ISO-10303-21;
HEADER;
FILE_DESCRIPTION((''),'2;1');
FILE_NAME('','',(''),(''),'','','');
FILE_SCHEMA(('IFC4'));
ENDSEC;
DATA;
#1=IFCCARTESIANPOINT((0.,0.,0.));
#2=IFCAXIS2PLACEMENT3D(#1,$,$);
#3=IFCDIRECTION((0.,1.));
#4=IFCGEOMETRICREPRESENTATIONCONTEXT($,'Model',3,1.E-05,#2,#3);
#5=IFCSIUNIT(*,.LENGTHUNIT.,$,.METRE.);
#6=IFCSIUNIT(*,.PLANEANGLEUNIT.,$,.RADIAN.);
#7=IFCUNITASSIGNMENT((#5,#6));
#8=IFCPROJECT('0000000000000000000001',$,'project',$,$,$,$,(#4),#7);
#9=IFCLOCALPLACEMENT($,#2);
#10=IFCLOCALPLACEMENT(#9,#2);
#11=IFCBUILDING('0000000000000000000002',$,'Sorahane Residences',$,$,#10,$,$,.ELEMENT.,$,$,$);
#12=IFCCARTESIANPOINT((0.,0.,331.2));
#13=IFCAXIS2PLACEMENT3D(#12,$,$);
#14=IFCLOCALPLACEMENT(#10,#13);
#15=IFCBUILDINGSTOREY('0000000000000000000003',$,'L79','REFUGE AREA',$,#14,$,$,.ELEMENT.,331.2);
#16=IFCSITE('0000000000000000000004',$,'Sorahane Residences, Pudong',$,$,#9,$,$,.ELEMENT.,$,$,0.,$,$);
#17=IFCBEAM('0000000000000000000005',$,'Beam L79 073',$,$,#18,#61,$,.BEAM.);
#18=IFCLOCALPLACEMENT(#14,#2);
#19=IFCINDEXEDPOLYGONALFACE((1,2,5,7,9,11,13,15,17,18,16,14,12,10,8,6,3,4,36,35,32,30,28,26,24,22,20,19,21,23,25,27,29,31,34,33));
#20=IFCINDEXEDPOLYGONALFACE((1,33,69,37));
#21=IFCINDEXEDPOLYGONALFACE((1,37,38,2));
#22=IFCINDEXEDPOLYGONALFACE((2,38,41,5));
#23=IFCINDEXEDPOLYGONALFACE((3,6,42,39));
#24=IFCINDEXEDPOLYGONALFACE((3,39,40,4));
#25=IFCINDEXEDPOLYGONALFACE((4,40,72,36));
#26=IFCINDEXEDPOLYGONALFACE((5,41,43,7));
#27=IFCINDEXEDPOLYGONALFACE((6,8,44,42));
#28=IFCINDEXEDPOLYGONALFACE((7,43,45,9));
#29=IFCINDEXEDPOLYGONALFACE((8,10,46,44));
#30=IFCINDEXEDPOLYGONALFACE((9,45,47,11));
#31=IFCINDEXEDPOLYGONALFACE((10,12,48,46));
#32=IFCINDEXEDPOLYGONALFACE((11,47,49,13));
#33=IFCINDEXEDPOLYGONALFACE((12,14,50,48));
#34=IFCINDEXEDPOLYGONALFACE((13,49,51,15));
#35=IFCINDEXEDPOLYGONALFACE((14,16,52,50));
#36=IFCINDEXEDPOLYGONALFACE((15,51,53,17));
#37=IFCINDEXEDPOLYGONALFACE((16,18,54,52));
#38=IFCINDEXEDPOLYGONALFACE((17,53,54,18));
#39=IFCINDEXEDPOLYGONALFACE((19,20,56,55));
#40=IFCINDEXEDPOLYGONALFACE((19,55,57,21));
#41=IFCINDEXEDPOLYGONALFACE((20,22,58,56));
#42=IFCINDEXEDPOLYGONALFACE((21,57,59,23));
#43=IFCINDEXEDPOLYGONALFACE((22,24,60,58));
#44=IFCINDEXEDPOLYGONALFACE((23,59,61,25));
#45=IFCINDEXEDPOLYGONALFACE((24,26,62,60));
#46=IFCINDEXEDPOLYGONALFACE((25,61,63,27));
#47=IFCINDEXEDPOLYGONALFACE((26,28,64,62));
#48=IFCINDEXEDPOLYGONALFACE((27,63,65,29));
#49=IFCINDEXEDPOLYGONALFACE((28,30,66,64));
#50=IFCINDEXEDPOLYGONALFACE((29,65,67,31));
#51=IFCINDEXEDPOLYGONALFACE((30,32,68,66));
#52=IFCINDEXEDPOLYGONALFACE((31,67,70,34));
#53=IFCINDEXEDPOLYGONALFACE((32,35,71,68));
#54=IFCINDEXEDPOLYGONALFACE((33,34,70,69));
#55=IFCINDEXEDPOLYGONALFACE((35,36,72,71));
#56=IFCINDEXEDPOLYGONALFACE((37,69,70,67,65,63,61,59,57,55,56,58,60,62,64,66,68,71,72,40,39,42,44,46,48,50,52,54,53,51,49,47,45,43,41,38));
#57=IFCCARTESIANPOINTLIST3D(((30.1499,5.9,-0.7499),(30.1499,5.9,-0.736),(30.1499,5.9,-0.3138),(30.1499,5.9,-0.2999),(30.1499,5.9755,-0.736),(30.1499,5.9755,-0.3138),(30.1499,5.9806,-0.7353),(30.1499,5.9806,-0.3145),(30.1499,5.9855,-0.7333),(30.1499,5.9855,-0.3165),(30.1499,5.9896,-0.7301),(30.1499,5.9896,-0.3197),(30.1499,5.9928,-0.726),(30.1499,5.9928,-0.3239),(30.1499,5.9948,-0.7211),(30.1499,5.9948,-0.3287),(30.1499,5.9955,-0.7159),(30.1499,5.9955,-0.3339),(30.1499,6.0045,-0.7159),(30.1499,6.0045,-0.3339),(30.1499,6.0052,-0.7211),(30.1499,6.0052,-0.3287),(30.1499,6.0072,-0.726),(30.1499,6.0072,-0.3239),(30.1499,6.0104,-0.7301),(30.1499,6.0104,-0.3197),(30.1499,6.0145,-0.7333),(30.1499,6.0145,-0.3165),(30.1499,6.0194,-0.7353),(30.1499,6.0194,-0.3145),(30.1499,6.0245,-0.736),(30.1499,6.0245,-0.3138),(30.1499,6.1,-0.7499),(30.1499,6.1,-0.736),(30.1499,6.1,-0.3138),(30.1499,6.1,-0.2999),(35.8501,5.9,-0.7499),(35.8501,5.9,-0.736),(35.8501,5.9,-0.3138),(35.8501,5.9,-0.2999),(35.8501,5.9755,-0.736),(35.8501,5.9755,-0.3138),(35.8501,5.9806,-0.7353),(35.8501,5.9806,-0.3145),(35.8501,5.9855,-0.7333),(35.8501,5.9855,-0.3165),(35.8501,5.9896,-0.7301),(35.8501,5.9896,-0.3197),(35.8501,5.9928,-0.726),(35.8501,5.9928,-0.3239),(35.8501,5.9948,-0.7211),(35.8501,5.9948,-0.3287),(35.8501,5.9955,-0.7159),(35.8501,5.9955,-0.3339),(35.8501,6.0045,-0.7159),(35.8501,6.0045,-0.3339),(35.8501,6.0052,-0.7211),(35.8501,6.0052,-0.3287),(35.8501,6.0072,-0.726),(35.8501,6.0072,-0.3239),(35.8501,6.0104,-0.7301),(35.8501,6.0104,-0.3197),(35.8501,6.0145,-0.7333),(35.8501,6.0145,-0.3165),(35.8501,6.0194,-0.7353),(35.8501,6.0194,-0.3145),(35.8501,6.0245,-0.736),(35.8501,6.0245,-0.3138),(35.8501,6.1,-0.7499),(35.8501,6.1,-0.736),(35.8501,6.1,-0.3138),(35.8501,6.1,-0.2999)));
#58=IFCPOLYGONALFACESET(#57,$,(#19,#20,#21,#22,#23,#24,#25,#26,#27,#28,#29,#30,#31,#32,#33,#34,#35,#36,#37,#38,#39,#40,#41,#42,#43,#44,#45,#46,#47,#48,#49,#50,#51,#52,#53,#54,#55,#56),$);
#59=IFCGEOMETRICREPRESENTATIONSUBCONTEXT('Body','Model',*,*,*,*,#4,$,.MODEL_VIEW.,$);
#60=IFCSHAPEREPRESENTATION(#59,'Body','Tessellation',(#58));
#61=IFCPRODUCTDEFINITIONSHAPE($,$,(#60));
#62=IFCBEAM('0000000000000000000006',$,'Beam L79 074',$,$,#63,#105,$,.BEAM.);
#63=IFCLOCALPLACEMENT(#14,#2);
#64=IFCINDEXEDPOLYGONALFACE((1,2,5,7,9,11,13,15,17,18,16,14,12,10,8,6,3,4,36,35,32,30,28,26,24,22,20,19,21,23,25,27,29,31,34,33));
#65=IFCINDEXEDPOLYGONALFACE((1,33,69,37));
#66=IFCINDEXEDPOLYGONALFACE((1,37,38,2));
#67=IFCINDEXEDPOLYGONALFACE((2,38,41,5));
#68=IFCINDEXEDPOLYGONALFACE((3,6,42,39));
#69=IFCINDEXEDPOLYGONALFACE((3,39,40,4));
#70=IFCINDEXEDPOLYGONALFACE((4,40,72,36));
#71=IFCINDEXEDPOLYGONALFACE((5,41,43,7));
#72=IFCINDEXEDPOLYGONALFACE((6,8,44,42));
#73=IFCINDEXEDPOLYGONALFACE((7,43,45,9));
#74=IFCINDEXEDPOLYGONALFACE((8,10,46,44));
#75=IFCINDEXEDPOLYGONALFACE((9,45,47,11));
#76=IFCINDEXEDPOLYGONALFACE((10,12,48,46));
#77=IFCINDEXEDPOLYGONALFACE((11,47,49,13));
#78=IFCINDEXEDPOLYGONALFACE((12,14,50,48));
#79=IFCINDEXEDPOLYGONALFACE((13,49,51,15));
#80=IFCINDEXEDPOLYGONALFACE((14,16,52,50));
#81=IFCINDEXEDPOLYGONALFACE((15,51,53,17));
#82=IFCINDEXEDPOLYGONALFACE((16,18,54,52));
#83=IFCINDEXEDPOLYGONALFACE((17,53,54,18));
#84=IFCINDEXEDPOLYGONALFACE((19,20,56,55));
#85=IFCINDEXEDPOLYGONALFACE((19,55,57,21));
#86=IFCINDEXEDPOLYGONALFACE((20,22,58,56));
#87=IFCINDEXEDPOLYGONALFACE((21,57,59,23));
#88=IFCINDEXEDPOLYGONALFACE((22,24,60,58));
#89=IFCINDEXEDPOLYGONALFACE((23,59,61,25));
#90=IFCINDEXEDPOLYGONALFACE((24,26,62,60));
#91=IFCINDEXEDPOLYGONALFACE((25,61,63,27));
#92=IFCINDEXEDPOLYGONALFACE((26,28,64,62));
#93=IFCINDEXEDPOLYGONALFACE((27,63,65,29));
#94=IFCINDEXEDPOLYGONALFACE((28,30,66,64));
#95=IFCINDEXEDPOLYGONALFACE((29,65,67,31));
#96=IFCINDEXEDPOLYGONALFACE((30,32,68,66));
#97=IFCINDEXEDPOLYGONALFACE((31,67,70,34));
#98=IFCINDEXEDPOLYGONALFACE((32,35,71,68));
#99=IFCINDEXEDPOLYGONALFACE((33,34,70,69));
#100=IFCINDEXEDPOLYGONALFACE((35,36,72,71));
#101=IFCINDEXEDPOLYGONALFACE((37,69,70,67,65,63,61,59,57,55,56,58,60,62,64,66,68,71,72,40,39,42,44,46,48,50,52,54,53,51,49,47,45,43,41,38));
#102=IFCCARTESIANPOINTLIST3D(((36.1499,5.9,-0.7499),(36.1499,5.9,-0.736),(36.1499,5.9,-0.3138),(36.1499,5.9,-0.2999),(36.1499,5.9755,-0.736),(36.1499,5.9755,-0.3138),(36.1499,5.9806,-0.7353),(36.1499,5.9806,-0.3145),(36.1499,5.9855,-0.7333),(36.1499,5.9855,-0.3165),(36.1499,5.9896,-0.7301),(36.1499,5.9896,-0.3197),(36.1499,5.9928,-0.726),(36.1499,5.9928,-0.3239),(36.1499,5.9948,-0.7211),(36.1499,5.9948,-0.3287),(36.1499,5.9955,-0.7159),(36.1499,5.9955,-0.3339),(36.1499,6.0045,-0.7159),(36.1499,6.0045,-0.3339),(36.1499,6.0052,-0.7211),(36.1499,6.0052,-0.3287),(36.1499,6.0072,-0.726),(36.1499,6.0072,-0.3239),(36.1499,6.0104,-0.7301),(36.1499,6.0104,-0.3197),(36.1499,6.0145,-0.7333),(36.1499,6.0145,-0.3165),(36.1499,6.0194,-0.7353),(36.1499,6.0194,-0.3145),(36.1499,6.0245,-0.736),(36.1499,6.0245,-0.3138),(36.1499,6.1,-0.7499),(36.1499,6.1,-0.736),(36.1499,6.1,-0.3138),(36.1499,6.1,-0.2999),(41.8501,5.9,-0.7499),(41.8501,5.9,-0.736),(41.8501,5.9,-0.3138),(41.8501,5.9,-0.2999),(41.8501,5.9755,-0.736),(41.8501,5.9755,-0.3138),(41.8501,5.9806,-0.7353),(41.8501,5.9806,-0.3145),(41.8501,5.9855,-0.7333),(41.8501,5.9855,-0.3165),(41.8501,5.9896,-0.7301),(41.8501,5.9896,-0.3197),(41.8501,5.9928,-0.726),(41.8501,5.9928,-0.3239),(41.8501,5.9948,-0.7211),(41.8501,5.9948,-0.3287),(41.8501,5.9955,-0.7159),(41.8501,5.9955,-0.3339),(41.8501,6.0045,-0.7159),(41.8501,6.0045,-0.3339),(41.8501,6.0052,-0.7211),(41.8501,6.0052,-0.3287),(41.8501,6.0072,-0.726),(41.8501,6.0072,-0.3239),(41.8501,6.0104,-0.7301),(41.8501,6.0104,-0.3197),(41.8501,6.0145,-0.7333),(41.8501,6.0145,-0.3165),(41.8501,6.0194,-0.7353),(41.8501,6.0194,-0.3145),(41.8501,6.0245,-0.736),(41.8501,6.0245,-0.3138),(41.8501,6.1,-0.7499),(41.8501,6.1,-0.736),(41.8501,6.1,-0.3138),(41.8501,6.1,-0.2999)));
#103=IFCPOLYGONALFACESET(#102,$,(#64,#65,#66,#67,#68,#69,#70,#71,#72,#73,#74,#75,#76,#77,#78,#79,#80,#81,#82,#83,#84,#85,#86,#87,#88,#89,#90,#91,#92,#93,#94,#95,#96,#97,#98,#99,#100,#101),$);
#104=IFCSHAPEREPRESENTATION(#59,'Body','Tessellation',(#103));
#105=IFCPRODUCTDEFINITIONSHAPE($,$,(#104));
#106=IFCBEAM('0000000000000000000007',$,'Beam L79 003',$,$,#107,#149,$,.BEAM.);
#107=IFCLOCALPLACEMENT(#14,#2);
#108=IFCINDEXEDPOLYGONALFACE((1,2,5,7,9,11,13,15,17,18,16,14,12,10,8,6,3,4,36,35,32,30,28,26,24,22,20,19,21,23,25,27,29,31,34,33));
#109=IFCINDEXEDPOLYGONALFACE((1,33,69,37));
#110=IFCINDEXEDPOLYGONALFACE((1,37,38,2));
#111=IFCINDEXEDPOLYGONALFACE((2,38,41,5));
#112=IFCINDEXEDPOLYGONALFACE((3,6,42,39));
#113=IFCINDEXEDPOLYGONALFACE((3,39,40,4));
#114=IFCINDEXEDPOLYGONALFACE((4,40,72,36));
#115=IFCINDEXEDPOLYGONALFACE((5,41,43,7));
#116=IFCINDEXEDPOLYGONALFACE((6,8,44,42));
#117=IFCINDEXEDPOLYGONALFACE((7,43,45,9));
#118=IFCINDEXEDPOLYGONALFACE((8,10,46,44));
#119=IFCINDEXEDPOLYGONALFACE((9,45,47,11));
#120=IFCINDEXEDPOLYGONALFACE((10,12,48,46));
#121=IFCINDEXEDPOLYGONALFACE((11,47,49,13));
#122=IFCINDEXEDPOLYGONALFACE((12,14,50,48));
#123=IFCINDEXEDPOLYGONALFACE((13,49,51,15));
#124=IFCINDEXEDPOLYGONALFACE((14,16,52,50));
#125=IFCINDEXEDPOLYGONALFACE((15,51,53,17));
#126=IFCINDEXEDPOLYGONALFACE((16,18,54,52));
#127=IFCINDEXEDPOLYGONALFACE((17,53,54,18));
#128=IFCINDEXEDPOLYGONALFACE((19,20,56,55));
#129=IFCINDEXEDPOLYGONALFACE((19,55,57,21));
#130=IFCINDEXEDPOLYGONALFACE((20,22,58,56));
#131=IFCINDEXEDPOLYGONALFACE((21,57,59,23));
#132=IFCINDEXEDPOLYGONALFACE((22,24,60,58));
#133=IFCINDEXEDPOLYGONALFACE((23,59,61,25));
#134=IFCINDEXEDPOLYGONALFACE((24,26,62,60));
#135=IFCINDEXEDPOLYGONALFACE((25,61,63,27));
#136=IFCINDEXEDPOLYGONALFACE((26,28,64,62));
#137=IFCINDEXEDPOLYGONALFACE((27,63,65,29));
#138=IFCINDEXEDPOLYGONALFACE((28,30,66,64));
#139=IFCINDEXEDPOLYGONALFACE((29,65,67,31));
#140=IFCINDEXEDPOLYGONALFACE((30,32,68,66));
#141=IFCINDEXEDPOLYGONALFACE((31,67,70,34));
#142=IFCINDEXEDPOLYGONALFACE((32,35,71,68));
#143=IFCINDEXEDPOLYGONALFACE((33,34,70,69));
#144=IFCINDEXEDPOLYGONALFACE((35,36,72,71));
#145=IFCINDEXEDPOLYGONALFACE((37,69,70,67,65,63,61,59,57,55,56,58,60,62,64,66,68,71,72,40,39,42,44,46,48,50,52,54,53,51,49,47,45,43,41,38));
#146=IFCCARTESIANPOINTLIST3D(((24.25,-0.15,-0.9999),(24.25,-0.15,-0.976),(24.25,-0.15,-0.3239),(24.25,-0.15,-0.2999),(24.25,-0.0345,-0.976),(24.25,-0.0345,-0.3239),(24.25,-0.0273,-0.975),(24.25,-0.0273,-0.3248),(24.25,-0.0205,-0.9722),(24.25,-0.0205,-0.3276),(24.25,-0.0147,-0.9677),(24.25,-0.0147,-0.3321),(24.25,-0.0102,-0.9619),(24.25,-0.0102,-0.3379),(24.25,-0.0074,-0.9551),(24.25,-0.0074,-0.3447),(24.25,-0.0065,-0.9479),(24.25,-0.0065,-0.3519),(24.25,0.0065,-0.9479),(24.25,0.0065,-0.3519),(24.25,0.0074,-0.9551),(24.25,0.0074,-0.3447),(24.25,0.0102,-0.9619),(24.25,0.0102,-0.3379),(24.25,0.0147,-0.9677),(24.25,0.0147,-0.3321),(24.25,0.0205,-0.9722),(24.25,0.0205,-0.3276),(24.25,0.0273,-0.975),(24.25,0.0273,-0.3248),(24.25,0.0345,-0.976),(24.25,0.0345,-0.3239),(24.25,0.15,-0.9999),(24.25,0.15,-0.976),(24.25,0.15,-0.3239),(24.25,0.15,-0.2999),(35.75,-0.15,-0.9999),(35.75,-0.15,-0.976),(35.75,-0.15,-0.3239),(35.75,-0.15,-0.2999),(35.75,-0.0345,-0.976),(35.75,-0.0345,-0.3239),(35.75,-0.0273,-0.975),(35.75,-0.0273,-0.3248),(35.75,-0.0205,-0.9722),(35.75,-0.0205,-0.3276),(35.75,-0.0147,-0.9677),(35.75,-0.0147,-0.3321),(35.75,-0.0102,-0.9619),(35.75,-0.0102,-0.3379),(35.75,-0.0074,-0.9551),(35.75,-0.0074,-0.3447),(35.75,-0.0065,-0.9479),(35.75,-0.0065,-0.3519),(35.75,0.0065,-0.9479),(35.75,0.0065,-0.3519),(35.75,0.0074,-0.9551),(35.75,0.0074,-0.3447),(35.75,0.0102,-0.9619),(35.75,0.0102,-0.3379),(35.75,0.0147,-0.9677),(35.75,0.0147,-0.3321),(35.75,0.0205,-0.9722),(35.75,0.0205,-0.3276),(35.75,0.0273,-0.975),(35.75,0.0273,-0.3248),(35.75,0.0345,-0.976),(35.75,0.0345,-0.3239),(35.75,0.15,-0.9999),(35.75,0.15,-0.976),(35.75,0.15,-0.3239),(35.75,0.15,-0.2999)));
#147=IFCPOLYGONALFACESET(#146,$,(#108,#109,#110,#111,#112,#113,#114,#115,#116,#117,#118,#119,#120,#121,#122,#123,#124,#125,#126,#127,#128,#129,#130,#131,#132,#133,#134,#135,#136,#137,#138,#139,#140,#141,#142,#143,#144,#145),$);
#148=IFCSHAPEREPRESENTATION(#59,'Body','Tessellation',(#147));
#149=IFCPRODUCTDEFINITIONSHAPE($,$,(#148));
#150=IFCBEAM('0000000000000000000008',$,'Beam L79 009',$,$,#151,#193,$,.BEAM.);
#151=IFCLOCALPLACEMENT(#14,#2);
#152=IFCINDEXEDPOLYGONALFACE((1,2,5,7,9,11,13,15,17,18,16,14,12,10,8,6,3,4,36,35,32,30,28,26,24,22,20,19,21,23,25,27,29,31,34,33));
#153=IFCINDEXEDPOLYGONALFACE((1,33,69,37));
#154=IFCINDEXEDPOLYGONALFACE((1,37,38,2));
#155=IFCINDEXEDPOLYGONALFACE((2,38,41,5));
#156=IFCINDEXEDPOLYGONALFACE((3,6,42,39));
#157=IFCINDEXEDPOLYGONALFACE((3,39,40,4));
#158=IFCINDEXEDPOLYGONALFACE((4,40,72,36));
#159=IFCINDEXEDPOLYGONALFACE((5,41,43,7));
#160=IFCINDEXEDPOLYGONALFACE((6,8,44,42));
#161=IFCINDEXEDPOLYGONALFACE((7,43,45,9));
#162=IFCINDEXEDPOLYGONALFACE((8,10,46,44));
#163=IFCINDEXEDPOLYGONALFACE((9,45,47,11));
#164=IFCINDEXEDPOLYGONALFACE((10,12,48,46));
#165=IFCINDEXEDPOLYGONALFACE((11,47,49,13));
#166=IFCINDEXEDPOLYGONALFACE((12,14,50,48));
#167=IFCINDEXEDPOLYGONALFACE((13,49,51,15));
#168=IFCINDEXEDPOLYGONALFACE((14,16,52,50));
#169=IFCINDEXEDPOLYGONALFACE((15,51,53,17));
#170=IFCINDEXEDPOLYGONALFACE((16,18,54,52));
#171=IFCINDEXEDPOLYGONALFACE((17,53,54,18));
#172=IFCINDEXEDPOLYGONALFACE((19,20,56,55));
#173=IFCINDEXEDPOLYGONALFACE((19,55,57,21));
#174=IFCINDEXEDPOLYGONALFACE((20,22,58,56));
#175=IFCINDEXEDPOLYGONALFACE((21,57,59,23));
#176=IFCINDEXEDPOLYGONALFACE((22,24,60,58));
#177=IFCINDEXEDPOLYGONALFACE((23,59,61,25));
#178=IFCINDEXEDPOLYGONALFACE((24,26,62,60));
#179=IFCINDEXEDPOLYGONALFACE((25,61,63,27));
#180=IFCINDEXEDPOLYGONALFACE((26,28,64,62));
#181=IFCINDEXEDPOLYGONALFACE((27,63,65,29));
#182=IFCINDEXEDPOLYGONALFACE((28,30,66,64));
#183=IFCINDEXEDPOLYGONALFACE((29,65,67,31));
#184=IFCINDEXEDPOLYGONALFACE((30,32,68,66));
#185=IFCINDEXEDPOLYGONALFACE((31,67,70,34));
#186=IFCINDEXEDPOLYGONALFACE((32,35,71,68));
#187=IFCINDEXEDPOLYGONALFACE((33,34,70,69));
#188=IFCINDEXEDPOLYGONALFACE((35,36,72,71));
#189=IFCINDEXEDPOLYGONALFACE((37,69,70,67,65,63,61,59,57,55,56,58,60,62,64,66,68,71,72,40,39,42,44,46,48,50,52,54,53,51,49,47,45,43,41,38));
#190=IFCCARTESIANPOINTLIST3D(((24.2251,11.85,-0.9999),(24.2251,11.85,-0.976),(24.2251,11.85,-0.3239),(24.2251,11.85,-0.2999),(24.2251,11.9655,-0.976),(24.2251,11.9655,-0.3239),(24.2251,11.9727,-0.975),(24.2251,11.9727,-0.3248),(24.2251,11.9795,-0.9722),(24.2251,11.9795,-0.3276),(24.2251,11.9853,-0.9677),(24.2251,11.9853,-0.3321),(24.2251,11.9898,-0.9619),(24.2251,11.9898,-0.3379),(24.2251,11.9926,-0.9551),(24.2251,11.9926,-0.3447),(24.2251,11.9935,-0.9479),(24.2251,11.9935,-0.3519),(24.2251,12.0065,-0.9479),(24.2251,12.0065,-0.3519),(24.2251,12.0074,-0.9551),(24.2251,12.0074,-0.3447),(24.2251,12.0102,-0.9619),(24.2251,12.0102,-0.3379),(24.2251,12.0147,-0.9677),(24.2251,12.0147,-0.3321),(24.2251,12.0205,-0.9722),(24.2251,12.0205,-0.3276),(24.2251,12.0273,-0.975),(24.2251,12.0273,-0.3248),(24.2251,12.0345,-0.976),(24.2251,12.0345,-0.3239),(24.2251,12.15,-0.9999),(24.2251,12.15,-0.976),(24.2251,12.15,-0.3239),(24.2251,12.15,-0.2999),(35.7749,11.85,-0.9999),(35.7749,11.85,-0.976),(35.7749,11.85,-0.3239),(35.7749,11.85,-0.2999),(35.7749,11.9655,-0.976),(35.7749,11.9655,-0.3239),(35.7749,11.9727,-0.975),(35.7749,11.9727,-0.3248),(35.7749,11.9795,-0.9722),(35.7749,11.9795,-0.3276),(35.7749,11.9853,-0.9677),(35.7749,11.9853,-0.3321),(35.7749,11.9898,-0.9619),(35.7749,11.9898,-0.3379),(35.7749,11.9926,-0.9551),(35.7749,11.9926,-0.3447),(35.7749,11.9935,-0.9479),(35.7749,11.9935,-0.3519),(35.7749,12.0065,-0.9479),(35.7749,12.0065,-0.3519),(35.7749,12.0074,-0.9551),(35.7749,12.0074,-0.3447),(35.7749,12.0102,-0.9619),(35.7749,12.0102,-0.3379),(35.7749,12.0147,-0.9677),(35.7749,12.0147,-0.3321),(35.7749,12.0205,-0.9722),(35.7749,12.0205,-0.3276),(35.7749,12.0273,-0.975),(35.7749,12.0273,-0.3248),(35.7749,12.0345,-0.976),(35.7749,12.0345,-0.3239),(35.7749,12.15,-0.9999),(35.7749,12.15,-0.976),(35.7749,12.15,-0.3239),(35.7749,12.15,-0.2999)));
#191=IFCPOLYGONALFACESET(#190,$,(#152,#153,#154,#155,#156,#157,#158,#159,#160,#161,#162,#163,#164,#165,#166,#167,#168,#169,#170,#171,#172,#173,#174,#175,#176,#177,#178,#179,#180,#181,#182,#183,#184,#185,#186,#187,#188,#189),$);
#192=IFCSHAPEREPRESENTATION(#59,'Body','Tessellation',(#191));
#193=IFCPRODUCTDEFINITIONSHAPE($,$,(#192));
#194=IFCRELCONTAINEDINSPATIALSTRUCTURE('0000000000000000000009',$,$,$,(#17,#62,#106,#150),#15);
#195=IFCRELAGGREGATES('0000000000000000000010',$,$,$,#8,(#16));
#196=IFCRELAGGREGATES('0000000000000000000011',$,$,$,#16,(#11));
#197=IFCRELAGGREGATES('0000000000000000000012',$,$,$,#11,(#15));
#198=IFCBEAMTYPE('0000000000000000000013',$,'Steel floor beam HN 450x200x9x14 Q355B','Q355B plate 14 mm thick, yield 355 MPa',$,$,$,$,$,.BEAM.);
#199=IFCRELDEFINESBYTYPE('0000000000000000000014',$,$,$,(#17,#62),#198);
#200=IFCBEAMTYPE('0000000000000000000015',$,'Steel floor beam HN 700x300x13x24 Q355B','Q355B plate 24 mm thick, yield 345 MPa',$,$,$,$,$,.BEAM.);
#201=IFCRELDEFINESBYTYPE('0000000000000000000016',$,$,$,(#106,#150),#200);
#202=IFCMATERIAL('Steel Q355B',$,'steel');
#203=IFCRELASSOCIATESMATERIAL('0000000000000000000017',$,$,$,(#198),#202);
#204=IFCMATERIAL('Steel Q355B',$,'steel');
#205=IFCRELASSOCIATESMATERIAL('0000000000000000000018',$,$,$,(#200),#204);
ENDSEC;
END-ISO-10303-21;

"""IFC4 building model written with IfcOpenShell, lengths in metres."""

from ifc_helpers import new_model, si_unit, direction, frame, origin, origin_2d, place, context, subcontext, project, spatial, i_section, extrude, material, material_profile, profile_set, type_object, element, save


model = new_model("IFC4")

# Units and contexts
model_context = context("Model", 3, precision=1e-05, world=origin(), true_north=direction((0.0, 1.0)))
body_context = subcontext(model_context, "Body", "Model", "MODEL_VIEW")
ifc_project = project(units=[si_unit("LENGTHUNIT", "METRE"), si_unit("PLANEANGLEUNIT", "RADIAN")], contexts=[model_context])

# Site, building, storey
site_placement = place(None, origin())
site = spatial("IfcSite", under=ifc_project, at=site_placement, Name="Sorahane Residences, Pudong", CompositionType="ELEMENT", RefElevation=0.0)
building_placement = place(site_placement, origin())
building = spatial("IfcBuilding", under=site, at=building_placement, Name="Sorahane Residences", CompositionType="ELEMENT")
storey_placement = place(building_placement, frame((0.0, 0.0, 331.2)))
storey = spatial("IfcBuildingStorey", under=building, at=storey_placement, Name="L79", Description="REFUGE AREA", CompositionType="ELEMENT", Elevation=331.2)

# Beams
ifc_material_1 = material(Name="Steel Q355B", Category="steel")
ifc_material_profile_1 = material_profile(ifc_material_1, i_section(OverallWidth=0.2, OverallDepth=0.45, WebThickness=0.009, FlangeThickness=0.0139, FilletRadius=0.02, at=origin_2d()), Name="HN 450x200x9x14")
ifc_profile_set_1 = profile_set([ifc_material_profile_1], Name="Steel Q355B")
beam_type_1 = type_object("IfcBeamType", Name="Steel floor beam HN 450x200x9x14 Q355B", Description="Q355B plate 14 mm thick, yield 355 MPa", PredefinedType="BEAM", material=ifc_profile_set_1)
for number, where, z_axis, x_axis, name in (
    (1, (30.1499, 6.0, -0.5249), (1.0, 0.0, 0.0), (0.0, 1.0, 0.0), "Beam L79 073"),
    (2, (36.1499, 6.0, -0.5249), (1.0, 0.0, 0.0), (0.0, 1.0, 0.0), "Beam L79 074"),
):
    element("IfcBeam", number, at=place(storey_placement, frame(where, z_axis=z_axis, x_axis=x_axis)), inside=storey, type_object=beam_type_1, Name=name, PredefinedType="BEAM", context=body_context, shape_type="SweptSolid", body=[
        extrude(i_section(OverallWidth=0.2, OverallDepth=0.45, WebThickness=0.009, FlangeThickness=0.0139, FilletRadius=0.02, at=origin_2d()), origin(), (0.0, 0.0, 1.0), 5.7002),
    ])
ifc_material_2 = material(Name="Steel Q355B", Category="steel")
ifc_material_profile_2 = material_profile(ifc_material_2, i_section(OverallWidth=0.3, OverallDepth=0.7, WebThickness=0.0129, FlangeThickness=0.0239, FilletRadius=0.0281, at=origin_2d()), Name="HN 700x300x13x24")
ifc_profile_set_2 = profile_set([ifc_material_profile_2], Name="Steel Q355B")
beam_type_2 = type_object("IfcBeamType", Name="Steel floor beam HN 700x300x13x24 Q355B", Description="Q355B plate 24 mm thick, yield 345 MPa", PredefinedType="BEAM", material=ifc_profile_set_2)
beam_1_placement = place(storey_placement, frame((24.25, 0.0, -0.6499), z_axis=(1.0, 0.0, 0.0), x_axis=(0.0, 1.0, 0.0)))
element("IfcBeam", 3, at=beam_1_placement, inside=storey, type_object=beam_type_2, Name="Beam L79 003", PredefinedType="BEAM", context=body_context, shape_type="SweptSolid", body=[
    extrude(i_section(OverallWidth=0.3, OverallDepth=0.7, WebThickness=0.0129, FlangeThickness=0.0239, FilletRadius=0.0281, at=origin_2d()), origin(), (0.0, 0.0, 1.0), 11.5),
])
beam_2_placement = place(storey_placement, frame((24.2251, 12.0, -0.6499), z_axis=(1.0, 0.0, 0.0), x_axis=(0.0, 1.0, 0.0)))
element("IfcBeam", 4, at=beam_2_placement, inside=storey, type_object=beam_type_2, Name="Beam L79 009", PredefinedType="BEAM", context=body_context, shape_type="SweptSolid", body=[
    extrude(i_section(OverallWidth=0.3, OverallDepth=0.7, WebThickness=0.0129, FlangeThickness=0.0239, FilletRadius=0.0281, at=origin_2d()), origin(), (0.0, 0.0, 1.0), 11.5498),
])

save(model, "model.ifc")
